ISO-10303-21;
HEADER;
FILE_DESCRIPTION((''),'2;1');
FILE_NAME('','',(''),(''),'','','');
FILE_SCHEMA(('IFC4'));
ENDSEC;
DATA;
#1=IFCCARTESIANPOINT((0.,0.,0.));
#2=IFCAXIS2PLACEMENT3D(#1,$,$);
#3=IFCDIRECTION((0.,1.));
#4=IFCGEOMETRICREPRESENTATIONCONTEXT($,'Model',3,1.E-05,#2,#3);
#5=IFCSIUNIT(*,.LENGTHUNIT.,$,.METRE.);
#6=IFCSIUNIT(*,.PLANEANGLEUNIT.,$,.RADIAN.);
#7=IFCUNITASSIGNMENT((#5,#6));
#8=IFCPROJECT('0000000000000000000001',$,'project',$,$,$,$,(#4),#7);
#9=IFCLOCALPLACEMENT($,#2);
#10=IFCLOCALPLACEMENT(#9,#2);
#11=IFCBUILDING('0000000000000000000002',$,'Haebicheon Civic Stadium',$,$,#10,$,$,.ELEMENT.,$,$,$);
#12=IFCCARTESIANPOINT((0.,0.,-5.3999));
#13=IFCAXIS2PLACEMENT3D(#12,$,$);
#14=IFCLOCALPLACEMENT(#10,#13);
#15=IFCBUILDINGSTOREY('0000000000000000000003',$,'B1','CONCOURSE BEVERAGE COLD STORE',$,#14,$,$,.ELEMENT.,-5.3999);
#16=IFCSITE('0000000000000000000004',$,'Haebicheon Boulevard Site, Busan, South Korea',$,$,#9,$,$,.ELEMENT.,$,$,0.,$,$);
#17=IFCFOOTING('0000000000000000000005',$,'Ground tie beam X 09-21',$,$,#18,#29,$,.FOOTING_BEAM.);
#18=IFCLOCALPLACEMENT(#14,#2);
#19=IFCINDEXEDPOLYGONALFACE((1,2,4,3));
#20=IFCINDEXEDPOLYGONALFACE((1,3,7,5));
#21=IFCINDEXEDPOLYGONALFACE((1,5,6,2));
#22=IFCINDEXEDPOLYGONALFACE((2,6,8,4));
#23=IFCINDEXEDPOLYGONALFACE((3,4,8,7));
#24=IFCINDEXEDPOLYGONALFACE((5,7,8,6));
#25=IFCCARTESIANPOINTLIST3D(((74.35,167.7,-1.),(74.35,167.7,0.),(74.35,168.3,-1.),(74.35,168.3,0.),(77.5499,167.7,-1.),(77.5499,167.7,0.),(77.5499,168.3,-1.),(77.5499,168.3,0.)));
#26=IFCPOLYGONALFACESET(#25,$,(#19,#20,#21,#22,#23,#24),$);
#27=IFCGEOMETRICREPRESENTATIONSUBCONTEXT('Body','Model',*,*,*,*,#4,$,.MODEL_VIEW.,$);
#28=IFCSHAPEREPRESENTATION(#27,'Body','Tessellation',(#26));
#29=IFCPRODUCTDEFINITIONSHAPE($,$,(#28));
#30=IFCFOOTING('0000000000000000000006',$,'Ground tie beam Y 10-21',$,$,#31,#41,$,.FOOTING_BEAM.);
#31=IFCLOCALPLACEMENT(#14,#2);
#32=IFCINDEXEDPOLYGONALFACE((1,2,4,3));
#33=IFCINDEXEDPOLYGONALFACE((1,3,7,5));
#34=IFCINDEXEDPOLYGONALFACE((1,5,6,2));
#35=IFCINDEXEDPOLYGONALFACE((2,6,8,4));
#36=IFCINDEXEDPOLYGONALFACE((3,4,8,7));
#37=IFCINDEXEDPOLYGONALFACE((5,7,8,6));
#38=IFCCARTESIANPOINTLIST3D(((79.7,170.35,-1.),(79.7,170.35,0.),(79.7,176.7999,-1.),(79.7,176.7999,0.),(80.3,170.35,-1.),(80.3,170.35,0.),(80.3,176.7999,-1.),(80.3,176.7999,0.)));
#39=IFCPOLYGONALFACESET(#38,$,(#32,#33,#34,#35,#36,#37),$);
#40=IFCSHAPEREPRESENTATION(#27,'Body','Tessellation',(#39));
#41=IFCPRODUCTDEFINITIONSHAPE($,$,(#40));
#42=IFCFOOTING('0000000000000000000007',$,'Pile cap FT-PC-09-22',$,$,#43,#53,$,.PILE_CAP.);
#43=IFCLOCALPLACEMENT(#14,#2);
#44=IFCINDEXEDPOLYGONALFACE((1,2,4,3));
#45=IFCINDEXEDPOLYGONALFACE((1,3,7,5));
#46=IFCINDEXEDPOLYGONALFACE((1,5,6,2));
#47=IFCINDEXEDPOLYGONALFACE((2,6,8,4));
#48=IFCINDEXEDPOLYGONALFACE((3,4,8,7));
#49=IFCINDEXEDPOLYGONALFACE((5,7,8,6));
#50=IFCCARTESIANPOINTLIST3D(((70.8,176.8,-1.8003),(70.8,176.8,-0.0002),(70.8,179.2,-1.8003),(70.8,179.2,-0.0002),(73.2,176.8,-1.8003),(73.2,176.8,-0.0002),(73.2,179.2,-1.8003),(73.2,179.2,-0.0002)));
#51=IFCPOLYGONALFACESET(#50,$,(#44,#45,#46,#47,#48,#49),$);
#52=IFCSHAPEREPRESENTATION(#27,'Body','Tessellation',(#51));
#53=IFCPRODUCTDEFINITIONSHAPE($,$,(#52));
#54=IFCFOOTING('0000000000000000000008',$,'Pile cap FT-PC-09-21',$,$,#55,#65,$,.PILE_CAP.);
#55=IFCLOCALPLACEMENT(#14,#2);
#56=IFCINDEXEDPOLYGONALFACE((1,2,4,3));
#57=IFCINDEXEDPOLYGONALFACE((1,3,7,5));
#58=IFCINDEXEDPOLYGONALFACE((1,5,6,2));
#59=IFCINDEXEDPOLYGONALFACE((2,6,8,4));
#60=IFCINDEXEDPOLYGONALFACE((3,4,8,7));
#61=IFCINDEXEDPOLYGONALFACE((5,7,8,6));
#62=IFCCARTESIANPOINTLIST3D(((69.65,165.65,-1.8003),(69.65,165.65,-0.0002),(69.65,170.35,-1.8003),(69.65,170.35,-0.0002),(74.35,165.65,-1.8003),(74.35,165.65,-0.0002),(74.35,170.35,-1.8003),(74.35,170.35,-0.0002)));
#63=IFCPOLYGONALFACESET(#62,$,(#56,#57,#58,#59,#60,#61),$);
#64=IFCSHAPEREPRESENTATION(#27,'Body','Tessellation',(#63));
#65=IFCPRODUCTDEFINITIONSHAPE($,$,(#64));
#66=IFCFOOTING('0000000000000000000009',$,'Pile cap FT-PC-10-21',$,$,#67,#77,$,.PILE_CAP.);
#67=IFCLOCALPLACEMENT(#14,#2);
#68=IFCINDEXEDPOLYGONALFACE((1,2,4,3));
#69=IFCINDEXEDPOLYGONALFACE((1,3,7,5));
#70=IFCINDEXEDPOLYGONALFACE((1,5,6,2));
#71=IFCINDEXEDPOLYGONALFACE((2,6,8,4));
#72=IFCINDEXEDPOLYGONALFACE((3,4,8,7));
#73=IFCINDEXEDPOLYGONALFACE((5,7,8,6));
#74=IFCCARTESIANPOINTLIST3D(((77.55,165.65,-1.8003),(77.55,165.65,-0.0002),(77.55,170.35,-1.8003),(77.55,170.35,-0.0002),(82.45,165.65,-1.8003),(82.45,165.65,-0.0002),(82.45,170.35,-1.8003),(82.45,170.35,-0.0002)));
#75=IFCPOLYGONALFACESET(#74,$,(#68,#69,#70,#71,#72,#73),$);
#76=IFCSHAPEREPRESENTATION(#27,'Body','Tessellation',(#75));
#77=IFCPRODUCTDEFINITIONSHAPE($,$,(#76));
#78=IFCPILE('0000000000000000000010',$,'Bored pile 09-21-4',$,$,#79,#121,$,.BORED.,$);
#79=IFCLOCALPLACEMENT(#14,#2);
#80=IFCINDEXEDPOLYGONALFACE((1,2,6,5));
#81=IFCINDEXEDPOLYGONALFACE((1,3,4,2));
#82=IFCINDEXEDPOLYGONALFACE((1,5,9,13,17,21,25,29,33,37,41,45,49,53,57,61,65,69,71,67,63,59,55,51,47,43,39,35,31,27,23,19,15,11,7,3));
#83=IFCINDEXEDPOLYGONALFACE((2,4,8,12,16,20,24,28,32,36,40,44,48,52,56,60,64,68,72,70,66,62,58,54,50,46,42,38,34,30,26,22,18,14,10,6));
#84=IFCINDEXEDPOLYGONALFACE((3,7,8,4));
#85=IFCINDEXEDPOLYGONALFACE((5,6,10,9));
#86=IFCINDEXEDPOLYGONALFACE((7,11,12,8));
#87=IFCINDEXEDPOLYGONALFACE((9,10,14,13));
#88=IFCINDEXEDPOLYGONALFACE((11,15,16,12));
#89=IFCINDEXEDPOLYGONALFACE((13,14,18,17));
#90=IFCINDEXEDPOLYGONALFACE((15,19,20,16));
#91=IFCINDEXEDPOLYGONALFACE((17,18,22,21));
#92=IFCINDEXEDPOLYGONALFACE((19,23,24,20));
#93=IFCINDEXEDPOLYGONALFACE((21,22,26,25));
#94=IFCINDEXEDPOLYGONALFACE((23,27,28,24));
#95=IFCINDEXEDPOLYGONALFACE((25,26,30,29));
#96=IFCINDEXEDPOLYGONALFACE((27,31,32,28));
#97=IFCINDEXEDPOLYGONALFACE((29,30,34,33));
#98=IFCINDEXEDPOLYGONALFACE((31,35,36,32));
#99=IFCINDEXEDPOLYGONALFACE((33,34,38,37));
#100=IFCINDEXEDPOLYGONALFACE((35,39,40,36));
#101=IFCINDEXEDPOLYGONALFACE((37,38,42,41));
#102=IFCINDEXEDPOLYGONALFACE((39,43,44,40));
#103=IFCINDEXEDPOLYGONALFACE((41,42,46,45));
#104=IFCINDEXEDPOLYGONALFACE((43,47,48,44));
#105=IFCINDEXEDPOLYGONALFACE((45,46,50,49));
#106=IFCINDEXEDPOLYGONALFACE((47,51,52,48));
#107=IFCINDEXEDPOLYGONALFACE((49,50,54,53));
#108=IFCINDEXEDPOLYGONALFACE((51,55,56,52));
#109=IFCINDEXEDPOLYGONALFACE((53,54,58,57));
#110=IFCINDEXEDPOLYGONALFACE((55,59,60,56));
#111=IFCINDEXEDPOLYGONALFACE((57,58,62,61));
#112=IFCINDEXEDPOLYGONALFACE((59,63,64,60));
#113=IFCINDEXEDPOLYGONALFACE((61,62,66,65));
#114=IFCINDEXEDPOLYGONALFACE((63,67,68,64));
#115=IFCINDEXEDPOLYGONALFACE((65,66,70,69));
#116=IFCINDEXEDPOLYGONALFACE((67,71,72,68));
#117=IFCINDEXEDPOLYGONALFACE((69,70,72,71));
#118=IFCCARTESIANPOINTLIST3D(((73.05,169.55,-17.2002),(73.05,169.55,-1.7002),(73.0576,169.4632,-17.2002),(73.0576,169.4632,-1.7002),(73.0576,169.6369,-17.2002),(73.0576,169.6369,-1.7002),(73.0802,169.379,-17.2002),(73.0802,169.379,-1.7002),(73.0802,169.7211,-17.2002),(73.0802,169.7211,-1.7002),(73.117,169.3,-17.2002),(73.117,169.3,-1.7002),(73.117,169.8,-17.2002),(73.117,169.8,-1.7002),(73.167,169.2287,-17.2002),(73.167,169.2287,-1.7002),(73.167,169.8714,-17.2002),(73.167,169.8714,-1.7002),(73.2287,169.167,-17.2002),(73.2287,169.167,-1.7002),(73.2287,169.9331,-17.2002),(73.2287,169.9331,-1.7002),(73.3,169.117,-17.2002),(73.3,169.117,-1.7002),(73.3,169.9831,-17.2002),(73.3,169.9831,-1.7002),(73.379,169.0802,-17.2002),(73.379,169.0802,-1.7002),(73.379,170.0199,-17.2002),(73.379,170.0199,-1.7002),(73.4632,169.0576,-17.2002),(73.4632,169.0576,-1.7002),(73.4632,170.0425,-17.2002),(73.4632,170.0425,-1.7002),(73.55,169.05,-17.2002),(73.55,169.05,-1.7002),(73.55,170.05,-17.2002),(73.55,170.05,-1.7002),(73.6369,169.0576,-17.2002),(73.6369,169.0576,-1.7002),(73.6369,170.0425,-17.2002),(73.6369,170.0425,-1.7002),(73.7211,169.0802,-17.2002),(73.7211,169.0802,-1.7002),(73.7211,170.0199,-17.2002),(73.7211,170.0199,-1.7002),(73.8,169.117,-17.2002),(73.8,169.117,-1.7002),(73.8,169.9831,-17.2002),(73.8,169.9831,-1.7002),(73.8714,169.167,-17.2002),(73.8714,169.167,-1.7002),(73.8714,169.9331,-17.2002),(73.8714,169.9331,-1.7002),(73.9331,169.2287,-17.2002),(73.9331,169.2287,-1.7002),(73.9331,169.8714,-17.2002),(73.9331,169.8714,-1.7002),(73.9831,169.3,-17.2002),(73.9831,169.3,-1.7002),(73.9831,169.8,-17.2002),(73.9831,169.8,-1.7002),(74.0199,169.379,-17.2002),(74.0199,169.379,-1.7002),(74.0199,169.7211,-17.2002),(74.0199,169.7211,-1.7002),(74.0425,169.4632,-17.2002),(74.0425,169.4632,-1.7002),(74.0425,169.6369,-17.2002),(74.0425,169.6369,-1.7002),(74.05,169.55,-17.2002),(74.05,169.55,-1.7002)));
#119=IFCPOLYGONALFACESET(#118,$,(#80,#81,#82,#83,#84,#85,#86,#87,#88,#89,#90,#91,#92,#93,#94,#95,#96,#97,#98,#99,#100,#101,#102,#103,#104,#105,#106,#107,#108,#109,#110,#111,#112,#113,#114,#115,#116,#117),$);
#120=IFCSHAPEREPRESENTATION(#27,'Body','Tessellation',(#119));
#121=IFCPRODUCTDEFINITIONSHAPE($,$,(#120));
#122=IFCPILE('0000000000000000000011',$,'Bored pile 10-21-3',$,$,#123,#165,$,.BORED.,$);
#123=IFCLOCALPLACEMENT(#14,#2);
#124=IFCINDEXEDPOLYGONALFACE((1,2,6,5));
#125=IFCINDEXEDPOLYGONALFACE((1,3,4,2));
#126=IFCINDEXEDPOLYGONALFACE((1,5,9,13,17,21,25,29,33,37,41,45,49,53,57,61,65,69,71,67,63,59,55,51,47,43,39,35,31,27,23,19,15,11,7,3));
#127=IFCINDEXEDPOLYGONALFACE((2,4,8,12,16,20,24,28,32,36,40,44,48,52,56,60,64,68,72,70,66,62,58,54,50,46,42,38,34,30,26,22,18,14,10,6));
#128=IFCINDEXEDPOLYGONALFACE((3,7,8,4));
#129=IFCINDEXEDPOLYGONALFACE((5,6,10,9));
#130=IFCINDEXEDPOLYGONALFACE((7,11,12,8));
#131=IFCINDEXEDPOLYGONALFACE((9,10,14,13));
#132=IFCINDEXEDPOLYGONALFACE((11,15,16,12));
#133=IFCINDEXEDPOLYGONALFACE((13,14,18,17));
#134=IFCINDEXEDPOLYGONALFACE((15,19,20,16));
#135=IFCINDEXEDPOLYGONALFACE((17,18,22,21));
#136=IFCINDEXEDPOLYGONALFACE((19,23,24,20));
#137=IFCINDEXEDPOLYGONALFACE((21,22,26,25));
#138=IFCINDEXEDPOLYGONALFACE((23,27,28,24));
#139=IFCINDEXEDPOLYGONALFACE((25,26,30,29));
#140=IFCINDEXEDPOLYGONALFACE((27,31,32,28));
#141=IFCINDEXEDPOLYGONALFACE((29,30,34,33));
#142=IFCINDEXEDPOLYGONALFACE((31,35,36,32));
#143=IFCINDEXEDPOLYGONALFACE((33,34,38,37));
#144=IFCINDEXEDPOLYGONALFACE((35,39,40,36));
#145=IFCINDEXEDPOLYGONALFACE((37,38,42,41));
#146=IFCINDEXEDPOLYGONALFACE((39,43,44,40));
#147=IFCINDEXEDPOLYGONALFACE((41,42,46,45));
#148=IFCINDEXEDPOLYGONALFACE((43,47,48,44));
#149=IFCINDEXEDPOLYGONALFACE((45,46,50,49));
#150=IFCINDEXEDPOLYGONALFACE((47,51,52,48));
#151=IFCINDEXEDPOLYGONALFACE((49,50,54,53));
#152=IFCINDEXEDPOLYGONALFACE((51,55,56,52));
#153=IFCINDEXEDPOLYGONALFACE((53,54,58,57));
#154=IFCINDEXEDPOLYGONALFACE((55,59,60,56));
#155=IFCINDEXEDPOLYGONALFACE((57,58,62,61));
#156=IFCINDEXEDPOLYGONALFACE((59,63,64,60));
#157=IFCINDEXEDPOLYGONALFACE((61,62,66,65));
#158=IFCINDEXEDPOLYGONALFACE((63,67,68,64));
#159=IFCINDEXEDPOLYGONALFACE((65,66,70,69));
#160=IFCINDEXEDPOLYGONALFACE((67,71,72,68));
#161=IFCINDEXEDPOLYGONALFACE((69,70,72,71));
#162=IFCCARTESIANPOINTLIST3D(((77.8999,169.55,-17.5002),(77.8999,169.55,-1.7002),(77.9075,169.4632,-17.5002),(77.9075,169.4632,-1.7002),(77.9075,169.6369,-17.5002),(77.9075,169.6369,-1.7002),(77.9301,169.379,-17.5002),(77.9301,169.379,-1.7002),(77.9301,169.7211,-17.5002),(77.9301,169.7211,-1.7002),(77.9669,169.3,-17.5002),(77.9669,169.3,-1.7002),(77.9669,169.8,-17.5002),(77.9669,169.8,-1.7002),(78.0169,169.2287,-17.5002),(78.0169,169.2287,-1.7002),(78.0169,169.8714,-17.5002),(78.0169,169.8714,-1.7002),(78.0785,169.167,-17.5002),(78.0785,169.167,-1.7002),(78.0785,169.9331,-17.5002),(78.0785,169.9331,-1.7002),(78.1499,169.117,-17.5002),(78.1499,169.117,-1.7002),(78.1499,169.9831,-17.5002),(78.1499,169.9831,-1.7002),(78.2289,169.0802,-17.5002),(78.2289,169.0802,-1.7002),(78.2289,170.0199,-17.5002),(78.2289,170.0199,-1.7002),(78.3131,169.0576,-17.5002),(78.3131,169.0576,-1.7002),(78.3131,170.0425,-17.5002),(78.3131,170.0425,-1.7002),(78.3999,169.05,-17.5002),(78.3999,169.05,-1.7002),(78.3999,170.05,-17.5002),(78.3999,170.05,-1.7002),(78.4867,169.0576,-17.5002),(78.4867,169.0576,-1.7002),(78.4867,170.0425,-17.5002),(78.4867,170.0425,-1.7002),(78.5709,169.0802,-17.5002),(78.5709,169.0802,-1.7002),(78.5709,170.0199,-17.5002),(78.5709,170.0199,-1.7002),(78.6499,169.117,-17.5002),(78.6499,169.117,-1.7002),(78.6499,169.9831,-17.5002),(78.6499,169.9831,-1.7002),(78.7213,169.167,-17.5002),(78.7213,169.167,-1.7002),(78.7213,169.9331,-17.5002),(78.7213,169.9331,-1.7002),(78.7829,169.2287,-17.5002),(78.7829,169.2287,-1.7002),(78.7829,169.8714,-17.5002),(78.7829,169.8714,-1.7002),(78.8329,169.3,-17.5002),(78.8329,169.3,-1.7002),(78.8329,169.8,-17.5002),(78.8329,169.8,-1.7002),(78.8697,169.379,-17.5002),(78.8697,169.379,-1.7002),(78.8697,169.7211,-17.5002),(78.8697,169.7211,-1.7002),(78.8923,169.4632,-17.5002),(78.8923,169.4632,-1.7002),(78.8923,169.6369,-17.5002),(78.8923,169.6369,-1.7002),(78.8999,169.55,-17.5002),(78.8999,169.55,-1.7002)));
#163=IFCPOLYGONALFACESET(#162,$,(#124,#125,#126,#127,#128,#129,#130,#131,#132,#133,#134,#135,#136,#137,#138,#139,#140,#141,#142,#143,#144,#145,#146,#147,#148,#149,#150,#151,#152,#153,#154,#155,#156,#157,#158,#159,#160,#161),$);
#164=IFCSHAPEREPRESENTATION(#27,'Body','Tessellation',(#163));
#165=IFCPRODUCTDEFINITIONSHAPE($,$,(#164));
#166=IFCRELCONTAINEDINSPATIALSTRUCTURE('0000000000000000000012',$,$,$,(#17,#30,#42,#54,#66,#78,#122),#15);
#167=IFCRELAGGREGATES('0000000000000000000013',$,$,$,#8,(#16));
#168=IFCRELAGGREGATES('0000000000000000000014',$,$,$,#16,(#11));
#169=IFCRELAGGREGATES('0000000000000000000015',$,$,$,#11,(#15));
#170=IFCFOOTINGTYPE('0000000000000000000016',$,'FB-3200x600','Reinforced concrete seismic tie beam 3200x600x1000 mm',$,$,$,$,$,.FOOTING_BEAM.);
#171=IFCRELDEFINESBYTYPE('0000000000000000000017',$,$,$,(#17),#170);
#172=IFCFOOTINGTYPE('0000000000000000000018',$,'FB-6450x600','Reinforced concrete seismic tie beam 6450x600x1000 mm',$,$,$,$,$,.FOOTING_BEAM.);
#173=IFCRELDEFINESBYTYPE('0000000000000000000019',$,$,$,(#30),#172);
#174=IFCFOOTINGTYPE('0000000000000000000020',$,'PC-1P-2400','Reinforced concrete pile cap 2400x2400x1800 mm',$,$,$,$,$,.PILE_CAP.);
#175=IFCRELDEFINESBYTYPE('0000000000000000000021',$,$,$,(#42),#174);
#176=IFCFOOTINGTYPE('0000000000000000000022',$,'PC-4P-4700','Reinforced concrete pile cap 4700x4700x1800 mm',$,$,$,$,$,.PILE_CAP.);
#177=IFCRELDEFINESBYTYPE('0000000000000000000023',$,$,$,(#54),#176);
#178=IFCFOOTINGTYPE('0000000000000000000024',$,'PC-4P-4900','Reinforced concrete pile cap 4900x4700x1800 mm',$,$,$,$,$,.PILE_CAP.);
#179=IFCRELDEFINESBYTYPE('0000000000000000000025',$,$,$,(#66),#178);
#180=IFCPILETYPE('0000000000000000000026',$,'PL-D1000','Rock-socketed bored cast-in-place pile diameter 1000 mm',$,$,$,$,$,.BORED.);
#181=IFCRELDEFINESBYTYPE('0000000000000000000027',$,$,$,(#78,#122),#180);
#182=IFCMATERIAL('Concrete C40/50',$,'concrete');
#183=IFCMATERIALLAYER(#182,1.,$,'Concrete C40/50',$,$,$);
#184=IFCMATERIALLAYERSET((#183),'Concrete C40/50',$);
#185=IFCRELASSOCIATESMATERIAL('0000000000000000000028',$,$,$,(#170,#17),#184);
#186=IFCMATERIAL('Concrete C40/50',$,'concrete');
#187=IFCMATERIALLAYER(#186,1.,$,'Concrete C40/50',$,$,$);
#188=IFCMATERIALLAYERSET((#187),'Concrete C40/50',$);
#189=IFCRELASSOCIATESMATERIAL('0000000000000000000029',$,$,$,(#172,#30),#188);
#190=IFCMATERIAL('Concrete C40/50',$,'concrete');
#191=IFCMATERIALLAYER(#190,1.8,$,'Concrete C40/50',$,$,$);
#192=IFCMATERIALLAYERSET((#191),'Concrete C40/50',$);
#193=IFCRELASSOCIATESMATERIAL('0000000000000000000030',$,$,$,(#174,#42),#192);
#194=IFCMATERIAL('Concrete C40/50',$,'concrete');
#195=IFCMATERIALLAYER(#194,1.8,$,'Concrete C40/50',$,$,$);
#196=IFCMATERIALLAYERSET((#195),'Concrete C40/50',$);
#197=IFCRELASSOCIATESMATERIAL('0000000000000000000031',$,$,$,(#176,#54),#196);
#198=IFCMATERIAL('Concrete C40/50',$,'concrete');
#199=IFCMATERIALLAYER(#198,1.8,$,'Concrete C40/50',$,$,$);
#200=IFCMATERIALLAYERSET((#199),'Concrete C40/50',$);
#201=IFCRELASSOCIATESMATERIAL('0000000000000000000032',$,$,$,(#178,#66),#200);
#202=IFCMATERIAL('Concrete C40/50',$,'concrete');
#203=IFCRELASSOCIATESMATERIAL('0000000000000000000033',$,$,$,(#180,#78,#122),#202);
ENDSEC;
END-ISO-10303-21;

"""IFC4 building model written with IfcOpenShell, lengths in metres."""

from ifc_helpers import new_model, si_unit, direction, frame, origin, origin_2d, place, context, subcontext, project, spatial, rectangle, circle, extrude, material, layer, layer_set, material_profile, profile_set, type_object, element, save


model = new_model("IFC4")

# Units and contexts
model_context = context("Model", 3, precision=1e-05, world=origin(), true_north=direction((0.0, 1.0)))
body_context = subcontext(model_context, "Body", "Model", "MODEL_VIEW")
ifc_project = project(units=[si_unit("LENGTHUNIT", "METRE"), si_unit("PLANEANGLEUNIT", "RADIAN")], contexts=[model_context])

# Site, building, storey
site_placement = place(None, origin())
site = spatial("IfcSite", under=ifc_project, at=site_placement, Name="Haebicheon Boulevard Site, Busan, South Korea", CompositionType="ELEMENT", RefElevation=0.0)
building_placement = place(site_placement, origin())
building = spatial("IfcBuilding", under=site, at=building_placement, Name="Haebicheon Civic Stadium", CompositionType="ELEMENT")
storey_placement = place(building_placement, frame((0.0, 0.0, -5.3999)))
storey = spatial("IfcBuildingStorey", under=building, at=storey_placement, Name="B1", Description="CONCOURSE BEVERAGE COLD STORE", CompositionType="ELEMENT", Elevation=-5.3999)

# Footings
ifc_material_1 = material(Name="Concrete C40/50", Category="concrete")
ifc_layer_1 = layer(ifc_material_1, 1.0, Name="Concrete C40/50")
ifc_layer_set_1 = layer_set([ifc_layer_1], Name="Concrete C40/50")
footing_type_1 = type_object("IfcFootingType", Name="FB-3200x600", Description="Reinforced concrete seismic tie beam 3200x600x1000 mm", PredefinedType="FOOTING_BEAM", material=ifc_layer_set_1)
footing_1_placement = place(storey_placement, frame((75.95, 168.0, -1.0), z_axis=(0.0, 0.0, 1.0), x_axis=(1.0, 0.0, 0.0)))
element("IfcFooting", 1, at=footing_1_placement, inside=storey, type_object=footing_type_1, material=ifc_layer_set_1, Name="Ground tie beam X 09-21", PredefinedType="FOOTING_BEAM", context=body_context, shape_type="SweptSolid", body=[
    extrude(rectangle(XDim=3.2, YDim=0.6001, at=origin_2d()), origin(), (0.0, 0.0, 1.0), 1.0),
])
ifc_material_2 = material(Name="Concrete C40/50", Category="concrete")
ifc_layer_2 = layer(ifc_material_2, 1.0, Name="Concrete C40/50")
ifc_layer_set_2 = layer_set([ifc_layer_2], Name="Concrete C40/50")
footing_type_2 = type_object("IfcFootingType", Name="FB-6450x600", Description="Reinforced concrete seismic tie beam 6450x600x1000 mm", PredefinedType="FOOTING_BEAM", material=ifc_layer_set_2)
footing_2_placement = place(storey_placement, frame((80.0, 173.575, -1.0), z_axis=(0.0, 0.0, 1.0), x_axis=(0.0, 1.0, 0.0)))
element("IfcFooting", 2, at=footing_2_placement, inside=storey, type_object=footing_type_2, material=ifc_layer_set_2, Name="Ground tie beam Y 10-21", PredefinedType="FOOTING_BEAM", context=body_context, shape_type="SweptSolid", body=[
    extrude(rectangle(XDim=6.45, YDim=0.6001, at=origin_2d()), origin(), (0.0, 0.0, 1.0), 1.0),
])
ifc_material_3 = material(Name="Concrete C40/50", Category="concrete")
ifc_layer_3 = layer(ifc_material_3, 1.8, Name="Concrete C40/50")
ifc_layer_set_3 = layer_set([ifc_layer_3], Name="Concrete C40/50")
footing_type_3 = type_object("IfcFootingType", Name="PC-1P-2400", Description="Reinforced concrete pile cap 2400x2400x1800 mm", PredefinedType="PILE_CAP", material=ifc_layer_set_3)
footing_3_placement = place(storey_placement, frame((72.0, 178.0, -1.8003), z_axis=(0.0, 0.0, 1.0), x_axis=(1.0, 0.0, 0.0)))
element("IfcFooting", 3, at=footing_3_placement, inside=storey, type_object=footing_type_3, material=ifc_layer_set_3, Name="Pile cap FT-PC-09-22", PredefinedType="PILE_CAP", context=body_context, shape_type="SweptSolid", body=[
    extrude(rectangle(XDim=2.3999, YDim=2.3999, at=origin_2d()), origin(), (0.0, 0.0, 1.0), 1.8),
])
ifc_material_4 = material(Name="Concrete C40/50", Category="concrete")
ifc_layer_4 = layer(ifc_material_4, 1.8, Name="Concrete C40/50")
ifc_layer_set_4 = layer_set([ifc_layer_4], Name="Concrete C40/50")
footing_type_4 = type_object("IfcFootingType", Name="PC-4P-4700", Description="Reinforced concrete pile cap 4700x4700x1800 mm", PredefinedType="PILE_CAP", material=ifc_layer_set_4)
footing_4_placement = place(storey_placement, frame((72.0, 168.0, -1.8003), z_axis=(0.0, 0.0, 1.0), x_axis=(1.0, 0.0, 0.0)))
element("IfcFooting", 4, at=footing_4_placement, inside=storey, type_object=footing_type_4, material=ifc_layer_set_4, Name="Pile cap FT-PC-09-21", PredefinedType="PILE_CAP", context=body_context, shape_type="SweptSolid", body=[
    extrude(rectangle(XDim=4.7, YDim=4.7, at=origin_2d()), origin(), (0.0, 0.0, 1.0), 1.8),
])
ifc_material_5 = material(Name="Concrete C40/50", Category="concrete")
ifc_layer_5 = layer(ifc_material_5, 1.8, Name="Concrete C40/50")
ifc_layer_set_5 = layer_set([ifc_layer_5], Name="Concrete C40/50")
footing_type_5 = type_object("IfcFootingType", Name="PC-4P-4900", Description="Reinforced concrete pile cap 4900x4700x1800 mm", PredefinedType="PILE_CAP", material=ifc_layer_set_5)
footing_5_placement = place(storey_placement, frame((80.0, 168.0, -1.8003), z_axis=(0.0, 0.0, 1.0), x_axis=(1.0, 0.0, 0.0)))
element("IfcFooting", 5, at=footing_5_placement, inside=storey, type_object=footing_type_5, material=ifc_layer_set_5, Name="Pile cap FT-PC-10-21", PredefinedType="PILE_CAP", context=body_context, shape_type="SweptSolid", body=[
    extrude(rectangle(XDim=4.8999, YDim=4.7, at=origin_2d()), origin(), (0.0, 0.0, 1.0), 1.8),
])

# Piles
ifc_material_6 = material(Name="Concrete C40/50", Category="concrete")
ifc_material_profile_1 = material_profile(ifc_material_6, circle(Radius=0.5, at=origin_2d()), Name="PILE-D1000")
ifc_profile_set_1 = profile_set([ifc_material_profile_1], Name="Concrete C40/50")
pile_type_1 = type_object("IfcPileType", Name="PL-D1000", Description="Rock-socketed bored cast-in-place pile diameter 1000 mm", PredefinedType="BORED", material=ifc_profile_set_1)
pile_1_placement = place(storey_placement, frame((73.55, 169.55, -1.7002), z_axis=(0.0, 0.0, -1.0), x_axis=(1.0, 0.0, 0.0)))
element("IfcPile", 6, at=pile_1_placement, inside=storey, type_object=pile_type_1, material=ifc_profile_set_1, Name="Bored pile 09-21-4", PredefinedType="BORED", context=body_context, shape_type="SweptSolid", body=[
    extrude(circle(Radius=0.5, at=origin_2d()), origin(), (0.0, 0.0, 1.0), 15.5),
])
for number, where, z_axis, x_axis, name in (
    (7, (78.3999, 169.55, -1.7002), (0.0, 0.0, -1.0), (1.0, 0.0, 0.0), "Bored pile 10-21-3"),
):
    element("IfcPile", number, at=place(storey_placement, frame(where, z_axis=z_axis, x_axis=x_axis)), inside=storey, type_object=pile_type_1, material=ifc_profile_set_1, Name=name, PredefinedType="BORED", context=body_context, shape_type="SweptSolid", body=[
        extrude(circle(Radius=0.5, at=origin_2d()), origin(), (0.0, 0.0, 1.0), 15.8),
    ])

save(model, "model.ifc")
